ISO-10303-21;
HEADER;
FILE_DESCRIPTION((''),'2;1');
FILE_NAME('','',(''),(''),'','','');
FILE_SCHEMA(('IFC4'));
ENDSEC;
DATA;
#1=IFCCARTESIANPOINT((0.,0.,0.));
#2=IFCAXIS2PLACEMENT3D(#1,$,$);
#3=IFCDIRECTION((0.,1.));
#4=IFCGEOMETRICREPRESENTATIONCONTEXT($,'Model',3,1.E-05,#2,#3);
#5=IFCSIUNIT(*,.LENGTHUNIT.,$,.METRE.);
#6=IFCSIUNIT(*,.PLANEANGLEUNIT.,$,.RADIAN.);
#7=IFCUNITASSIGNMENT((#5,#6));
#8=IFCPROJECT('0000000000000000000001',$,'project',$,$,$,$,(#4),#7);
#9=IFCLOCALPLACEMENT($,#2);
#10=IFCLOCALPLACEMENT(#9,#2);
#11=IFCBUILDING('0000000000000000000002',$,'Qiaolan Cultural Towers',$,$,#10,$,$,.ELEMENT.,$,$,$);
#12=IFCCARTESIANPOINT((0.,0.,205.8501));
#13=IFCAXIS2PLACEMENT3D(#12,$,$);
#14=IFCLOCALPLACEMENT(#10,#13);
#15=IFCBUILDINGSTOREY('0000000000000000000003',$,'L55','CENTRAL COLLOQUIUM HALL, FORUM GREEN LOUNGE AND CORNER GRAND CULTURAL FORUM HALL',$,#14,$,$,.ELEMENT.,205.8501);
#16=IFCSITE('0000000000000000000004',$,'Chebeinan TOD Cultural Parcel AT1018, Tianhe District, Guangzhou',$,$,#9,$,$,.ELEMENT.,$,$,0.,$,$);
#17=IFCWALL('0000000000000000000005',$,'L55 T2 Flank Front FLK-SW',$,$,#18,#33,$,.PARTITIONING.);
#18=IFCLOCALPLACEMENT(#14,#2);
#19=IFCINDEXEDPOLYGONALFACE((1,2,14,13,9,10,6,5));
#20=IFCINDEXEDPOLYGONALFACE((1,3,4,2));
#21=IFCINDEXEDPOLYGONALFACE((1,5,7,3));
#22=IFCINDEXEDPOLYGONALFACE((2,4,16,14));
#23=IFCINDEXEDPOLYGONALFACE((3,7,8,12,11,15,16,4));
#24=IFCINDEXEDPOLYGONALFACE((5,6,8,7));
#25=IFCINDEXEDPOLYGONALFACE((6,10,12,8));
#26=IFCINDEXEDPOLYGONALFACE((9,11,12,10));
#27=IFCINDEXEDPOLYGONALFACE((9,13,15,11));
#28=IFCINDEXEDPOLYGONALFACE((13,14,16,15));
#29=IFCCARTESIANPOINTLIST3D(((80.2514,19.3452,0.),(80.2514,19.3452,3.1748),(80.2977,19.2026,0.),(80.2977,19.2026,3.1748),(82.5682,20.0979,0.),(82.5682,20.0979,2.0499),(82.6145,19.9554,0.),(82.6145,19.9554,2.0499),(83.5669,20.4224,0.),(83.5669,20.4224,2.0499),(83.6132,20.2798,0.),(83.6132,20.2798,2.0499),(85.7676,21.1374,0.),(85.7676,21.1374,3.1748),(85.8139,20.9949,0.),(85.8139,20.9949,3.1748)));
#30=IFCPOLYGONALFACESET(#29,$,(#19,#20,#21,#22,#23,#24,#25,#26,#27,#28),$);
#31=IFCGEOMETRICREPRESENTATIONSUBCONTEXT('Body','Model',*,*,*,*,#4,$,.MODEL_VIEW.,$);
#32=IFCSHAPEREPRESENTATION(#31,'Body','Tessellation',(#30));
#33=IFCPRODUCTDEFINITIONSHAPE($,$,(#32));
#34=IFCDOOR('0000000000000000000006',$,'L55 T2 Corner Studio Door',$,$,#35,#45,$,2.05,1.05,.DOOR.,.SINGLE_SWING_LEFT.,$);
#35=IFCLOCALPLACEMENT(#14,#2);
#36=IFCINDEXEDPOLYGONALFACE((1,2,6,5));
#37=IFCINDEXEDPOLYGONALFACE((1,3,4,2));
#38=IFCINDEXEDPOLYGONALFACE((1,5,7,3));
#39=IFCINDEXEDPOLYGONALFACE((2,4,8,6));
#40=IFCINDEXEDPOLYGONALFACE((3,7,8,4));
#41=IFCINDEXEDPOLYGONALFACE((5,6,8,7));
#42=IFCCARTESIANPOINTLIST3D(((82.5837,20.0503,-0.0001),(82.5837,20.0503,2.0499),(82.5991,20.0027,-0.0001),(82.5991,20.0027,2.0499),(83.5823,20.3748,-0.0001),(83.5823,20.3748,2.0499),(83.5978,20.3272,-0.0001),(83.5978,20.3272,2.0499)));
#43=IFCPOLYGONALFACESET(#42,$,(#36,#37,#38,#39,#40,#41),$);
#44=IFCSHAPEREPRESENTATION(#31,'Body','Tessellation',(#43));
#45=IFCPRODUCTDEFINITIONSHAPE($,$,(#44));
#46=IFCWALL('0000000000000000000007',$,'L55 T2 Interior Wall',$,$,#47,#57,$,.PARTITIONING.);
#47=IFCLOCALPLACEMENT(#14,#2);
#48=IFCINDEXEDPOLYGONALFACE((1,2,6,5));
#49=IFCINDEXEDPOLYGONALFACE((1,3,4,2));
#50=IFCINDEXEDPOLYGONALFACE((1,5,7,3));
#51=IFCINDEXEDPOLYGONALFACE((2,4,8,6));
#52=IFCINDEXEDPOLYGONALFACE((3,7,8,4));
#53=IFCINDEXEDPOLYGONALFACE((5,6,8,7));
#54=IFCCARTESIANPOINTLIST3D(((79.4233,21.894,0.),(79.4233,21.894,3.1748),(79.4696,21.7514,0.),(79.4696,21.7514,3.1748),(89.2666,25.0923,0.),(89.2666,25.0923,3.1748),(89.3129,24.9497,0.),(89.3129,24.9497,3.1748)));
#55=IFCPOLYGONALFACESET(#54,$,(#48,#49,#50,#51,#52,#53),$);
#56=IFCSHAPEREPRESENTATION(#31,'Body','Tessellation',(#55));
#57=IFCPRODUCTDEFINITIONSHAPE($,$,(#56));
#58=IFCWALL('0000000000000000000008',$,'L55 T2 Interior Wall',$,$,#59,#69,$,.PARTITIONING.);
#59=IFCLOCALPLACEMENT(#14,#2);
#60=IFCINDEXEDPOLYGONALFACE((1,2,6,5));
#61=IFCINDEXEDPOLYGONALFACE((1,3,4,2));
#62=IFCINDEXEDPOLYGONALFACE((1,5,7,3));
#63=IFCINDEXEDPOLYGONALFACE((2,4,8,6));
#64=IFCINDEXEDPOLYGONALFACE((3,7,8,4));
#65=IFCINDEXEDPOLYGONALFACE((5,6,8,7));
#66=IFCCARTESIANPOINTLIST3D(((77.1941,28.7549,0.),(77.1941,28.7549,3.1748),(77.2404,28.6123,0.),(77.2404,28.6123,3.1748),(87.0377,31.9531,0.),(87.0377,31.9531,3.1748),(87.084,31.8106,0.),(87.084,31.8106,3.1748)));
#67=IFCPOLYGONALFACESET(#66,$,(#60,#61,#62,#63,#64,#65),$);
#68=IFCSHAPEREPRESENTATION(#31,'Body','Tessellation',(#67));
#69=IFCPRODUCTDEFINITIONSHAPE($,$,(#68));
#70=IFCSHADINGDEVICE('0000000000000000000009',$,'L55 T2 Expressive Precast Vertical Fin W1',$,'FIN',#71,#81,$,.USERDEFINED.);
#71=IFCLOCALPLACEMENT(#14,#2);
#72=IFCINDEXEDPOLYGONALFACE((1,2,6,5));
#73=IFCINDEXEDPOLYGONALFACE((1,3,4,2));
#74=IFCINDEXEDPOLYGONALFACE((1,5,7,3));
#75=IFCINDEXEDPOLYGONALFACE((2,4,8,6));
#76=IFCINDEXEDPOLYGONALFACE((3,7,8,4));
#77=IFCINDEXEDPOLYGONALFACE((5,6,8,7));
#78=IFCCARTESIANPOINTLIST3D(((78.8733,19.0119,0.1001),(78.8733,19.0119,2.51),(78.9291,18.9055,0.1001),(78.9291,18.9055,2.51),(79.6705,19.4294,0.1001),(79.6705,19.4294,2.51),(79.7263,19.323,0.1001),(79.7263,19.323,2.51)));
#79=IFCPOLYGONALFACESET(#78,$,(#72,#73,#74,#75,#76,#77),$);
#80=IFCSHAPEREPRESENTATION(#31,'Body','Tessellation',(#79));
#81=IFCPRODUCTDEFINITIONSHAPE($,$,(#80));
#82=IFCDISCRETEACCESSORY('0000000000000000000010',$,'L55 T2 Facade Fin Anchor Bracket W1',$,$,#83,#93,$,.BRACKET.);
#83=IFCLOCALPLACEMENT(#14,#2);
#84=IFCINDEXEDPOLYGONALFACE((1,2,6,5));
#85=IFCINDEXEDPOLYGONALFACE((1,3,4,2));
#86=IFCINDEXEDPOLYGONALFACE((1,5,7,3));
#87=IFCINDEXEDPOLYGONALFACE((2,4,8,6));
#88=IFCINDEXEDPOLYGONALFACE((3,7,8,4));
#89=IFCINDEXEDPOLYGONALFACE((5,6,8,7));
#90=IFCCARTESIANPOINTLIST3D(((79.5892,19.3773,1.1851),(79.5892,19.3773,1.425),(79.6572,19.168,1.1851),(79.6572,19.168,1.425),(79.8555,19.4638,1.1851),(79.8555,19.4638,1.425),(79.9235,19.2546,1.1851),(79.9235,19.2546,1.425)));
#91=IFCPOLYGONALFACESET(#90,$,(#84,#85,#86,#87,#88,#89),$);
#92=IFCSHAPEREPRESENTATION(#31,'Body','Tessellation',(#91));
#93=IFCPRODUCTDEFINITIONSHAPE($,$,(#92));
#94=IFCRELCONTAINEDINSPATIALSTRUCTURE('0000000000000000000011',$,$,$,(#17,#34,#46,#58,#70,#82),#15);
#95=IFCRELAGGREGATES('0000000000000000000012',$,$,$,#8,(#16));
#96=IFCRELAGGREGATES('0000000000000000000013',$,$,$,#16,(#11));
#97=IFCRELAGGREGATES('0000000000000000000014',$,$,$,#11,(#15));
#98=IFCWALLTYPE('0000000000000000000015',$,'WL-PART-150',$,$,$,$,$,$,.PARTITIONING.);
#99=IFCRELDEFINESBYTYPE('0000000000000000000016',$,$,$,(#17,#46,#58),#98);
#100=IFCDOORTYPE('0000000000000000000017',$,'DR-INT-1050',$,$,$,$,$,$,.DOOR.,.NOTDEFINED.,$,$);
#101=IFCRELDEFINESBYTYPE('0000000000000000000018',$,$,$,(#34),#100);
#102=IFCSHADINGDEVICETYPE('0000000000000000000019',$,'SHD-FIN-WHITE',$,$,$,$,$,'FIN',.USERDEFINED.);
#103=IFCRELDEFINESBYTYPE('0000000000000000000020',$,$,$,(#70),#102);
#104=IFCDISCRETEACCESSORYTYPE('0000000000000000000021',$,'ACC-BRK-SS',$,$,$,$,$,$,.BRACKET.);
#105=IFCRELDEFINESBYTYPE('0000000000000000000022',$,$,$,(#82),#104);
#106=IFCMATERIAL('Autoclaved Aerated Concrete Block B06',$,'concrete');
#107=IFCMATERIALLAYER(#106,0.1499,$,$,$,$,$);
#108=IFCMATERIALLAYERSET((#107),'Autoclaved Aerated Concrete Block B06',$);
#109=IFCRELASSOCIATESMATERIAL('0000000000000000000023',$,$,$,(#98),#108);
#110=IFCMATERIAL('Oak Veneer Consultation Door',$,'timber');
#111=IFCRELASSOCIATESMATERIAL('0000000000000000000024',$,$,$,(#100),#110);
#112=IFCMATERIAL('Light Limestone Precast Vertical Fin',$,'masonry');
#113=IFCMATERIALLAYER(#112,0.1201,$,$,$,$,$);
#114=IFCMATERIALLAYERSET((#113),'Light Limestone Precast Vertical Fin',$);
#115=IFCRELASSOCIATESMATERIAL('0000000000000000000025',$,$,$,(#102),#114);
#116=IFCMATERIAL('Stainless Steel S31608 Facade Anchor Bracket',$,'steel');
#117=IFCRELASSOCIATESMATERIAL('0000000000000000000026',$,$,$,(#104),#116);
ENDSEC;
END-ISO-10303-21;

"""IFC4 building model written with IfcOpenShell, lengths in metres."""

from ifc_helpers import new_model, si_unit, direction, frame, frame_2d, origin, origin_2d, place, context, subcontext, project, spatial, rectangle, extrude, material, layer, layer_set, type_object, element, fill, save


model = new_model("IFC4")

# Units and contexts
model_context = context("Model", 3, precision=1e-05, world=origin(), true_north=direction((0.0, 1.0)))
body_context = subcontext(model_context, "Body", "Model", "MODEL_VIEW")
ifc_project = project(units=[si_unit("LENGTHUNIT", "METRE"), si_unit("PLANEANGLEUNIT", "RADIAN")], contexts=[model_context])

# Site, building, storey
site_placement = place(None, origin())
site = spatial("IfcSite", under=ifc_project, at=site_placement, Name="Chebeinan TOD Cultural Parcel AT1018, Tianhe District, Guangzhou", CompositionType="ELEMENT", RefElevation=0.0)
building_placement = place(site_placement, origin())
building = spatial("IfcBuilding", under=site, at=building_placement, Name="Qiaolan Cultural Towers", CompositionType="ELEMENT")
storey_placement = place(building_placement, frame((0.0, 0.0, 205.8501)))
storey = spatial("IfcBuildingStorey", under=building, at=storey_placement, Name="L55", Description="CENTRAL COLLOQUIUM HALL, FORUM GREEN LOUNGE AND CORNER GRAND CULTURAL FORUM HALL", CompositionType="ELEMENT", Elevation=205.8501)

# Shared definitions
ifc_material_1 = material(Name="Autoclaved Aerated Concrete Block B06", Category="concrete")
ifc_layer_1 = layer(ifc_material_1, 0.1499)
ifc_layer_set_1 = layer_set([ifc_layer_1], Name="Autoclaved Aerated Concrete Block B06")
wall_type_1 = type_object("IfcWallType", Name="WL-PART-150", PredefinedType="PARTITIONING", material=ifc_layer_set_1)

# Wall, opening, door
wall_1_placement = place(storey_placement, frame((80.2747, 19.2739, 0.0), z_axis=(0.0, 0.0, 1.0), x_axis=(0.951059, 0.309008, 0.0)))
wall_1 = element("IfcWall", 1, at=wall_1_placement, inside=storey, type_object=wall_type_1, Name="L55 T2 Flank Front FLK-SW", PredefinedType="PARTITIONING", context=body_context, shape_type="SweptSolid", body=[
    extrude(rectangle(XDim=5.8, YDim=0.1499, at=frame_2d((2.8999, 0.0))), origin(), (0.0, 0.0, 1.0), 3.1748),
])
opening_1_placement = place(wall_1_placement, frame((2.436, 0.0, 0.0)))
opening_1 = element("IfcOpeningElement", 2, at=opening_1_placement, cuts=wall_1, PredefinedType="OPENING", context=body_context, shape_type="SweptSolid", body=[
    extrude(rectangle(XDim=1.05, YDim=2.05, at=frame_2d((0.5249, 1.0249))), frame((0.0, 0.085, 0.0), z_axis=(0.0, -1.0, 0.0), x_axis=(1.0, 0.0, 0.0)), (0.0, 0.0, 1.0), 0.1699),
])
ifc_material_2 = material(Name="Oak Veneer Consultation Door", Category="timber")
door_type_1 = type_object("IfcDoorType", Name="DR-INT-1050", OperationType="NOTDEFINED", PredefinedType="DOOR", material=ifc_material_2)
door_1_placement = place(opening_1_placement, origin())
door_1 = element("IfcDoor", 3, at=door_1_placement, inside=storey, type_object=door_type_1, Name="L55 T2 Corner Studio Door", OperationType="SINGLE_SWING_LEFT", OverallHeight=2.05, OverallWidth=1.05, PredefinedType="DOOR", context=body_context, shape_type="SweptSolid", body=[
    extrude(rectangle(XDim=1.05, YDim=2.05, at=frame_2d((0.5249, 1.0249))), frame((0.0, 0.0249, 0.0), z_axis=(0.0, -1.0, 0.0), x_axis=(1.0, 0.0, 0.0)), (0.0, 0.0, 1.0), 0.05),
])
fill(opening_1, door_1)

# Walls
wall_2_placement = place(storey_placement, frame((79.4465, 21.8228, 0.0), z_axis=(0.0, 0.0, 1.0), x_axis=(0.951057, 0.309015, 0.0)))
element("IfcWall", 4, at=wall_2_placement, inside=storey, type_object=wall_type_1, Name="L55 T2 Interior Wall", PredefinedType="PARTITIONING", context=body_context, shape_type="SweptSolid", body=[
    extrude(rectangle(XDim=10.3499, YDim=0.1499, at=frame_2d((5.1748, 0.0))), origin(), (0.0, 0.0, 1.0), 3.1748),
])
wall_3_placement = place(storey_placement, frame((77.2173, 28.6836, 0.0), z_axis=(0.0, 0.0, 1.0), x_axis=(0.95106, 0.309008, 0.0)))
element("IfcWall", 5, at=wall_3_placement, inside=storey, type_object=wall_type_1, Name="L55 T2 Interior Wall", PredefinedType="PARTITIONING", context=body_context, shape_type="SweptSolid", body=[
    extrude(rectangle(XDim=10.3501, YDim=0.1499, at=frame_2d((5.175, 0.0))), origin(), (0.0, 0.0, 1.0), 3.1748),
])

# Shading device
ifc_material_3 = material(Name="Light Limestone Precast Vertical Fin", Category="masonry")
ifc_layer_2 = layer(ifc_material_3, 0.1201)
ifc_layer_set_2 = layer_set([ifc_layer_2], Name="Light Limestone Precast Vertical Fin")
shading_device_type = type_object("IfcShadingDeviceType", Name="SHD-FIN-WHITE", ElementType="FIN", PredefinedType="USERDEFINED", material=ifc_layer_set_2)
shading_device_placement = place(storey_placement, frame((79.2998, 19.1675, 0.1001), z_axis=(0.0, 0.0, 1.0), x_axis=(0.885865, 0.463943, 0.0)))
element("IfcShadingDevice", 6, at=shading_device_placement, inside=storey, type_object=shading_device_type, Name="L55 T2 Expressive Precast Vertical Fin W1", ObjectType="FIN", PredefinedType="USERDEFINED", context=body_context, shape_type="SweptSolid", body=[
    extrude(rectangle(XDim=0.8999, YDim=0.1201, at=origin_2d()), origin(), (0.0, 0.0, 1.0), 2.4099),
])

# Discrete accessory
ifc_material_4 = material(Name="Stainless Steel S31608 Facade Anchor Bracket", Category="steel")
discrete_accessory_type = type_object("IfcDiscreteAccessoryType", Name="ACC-BRK-SS", PredefinedType="BRACKET", material=ifc_material_4)
discrete_accessory_placement = place(storey_placement, frame((79.7563, 19.3159, 1.1851), z_axis=(0.0, 0.0, 1.0), x_axis=(0.951057, 0.309017, 0.0)))
element("IfcDiscreteAccessory", 7, at=discrete_accessory_placement, inside=storey, type_object=discrete_accessory_type, Name="L55 T2 Facade Fin Anchor Bracket W1", PredefinedType="BRACKET", context=body_context, shape_type="SweptSolid", body=[
    extrude(rectangle(XDim=0.28, YDim=0.22, at=origin_2d()), origin(), (0.0, 0.0, 1.0), 0.24),
])

save(model, "model.ifc")
